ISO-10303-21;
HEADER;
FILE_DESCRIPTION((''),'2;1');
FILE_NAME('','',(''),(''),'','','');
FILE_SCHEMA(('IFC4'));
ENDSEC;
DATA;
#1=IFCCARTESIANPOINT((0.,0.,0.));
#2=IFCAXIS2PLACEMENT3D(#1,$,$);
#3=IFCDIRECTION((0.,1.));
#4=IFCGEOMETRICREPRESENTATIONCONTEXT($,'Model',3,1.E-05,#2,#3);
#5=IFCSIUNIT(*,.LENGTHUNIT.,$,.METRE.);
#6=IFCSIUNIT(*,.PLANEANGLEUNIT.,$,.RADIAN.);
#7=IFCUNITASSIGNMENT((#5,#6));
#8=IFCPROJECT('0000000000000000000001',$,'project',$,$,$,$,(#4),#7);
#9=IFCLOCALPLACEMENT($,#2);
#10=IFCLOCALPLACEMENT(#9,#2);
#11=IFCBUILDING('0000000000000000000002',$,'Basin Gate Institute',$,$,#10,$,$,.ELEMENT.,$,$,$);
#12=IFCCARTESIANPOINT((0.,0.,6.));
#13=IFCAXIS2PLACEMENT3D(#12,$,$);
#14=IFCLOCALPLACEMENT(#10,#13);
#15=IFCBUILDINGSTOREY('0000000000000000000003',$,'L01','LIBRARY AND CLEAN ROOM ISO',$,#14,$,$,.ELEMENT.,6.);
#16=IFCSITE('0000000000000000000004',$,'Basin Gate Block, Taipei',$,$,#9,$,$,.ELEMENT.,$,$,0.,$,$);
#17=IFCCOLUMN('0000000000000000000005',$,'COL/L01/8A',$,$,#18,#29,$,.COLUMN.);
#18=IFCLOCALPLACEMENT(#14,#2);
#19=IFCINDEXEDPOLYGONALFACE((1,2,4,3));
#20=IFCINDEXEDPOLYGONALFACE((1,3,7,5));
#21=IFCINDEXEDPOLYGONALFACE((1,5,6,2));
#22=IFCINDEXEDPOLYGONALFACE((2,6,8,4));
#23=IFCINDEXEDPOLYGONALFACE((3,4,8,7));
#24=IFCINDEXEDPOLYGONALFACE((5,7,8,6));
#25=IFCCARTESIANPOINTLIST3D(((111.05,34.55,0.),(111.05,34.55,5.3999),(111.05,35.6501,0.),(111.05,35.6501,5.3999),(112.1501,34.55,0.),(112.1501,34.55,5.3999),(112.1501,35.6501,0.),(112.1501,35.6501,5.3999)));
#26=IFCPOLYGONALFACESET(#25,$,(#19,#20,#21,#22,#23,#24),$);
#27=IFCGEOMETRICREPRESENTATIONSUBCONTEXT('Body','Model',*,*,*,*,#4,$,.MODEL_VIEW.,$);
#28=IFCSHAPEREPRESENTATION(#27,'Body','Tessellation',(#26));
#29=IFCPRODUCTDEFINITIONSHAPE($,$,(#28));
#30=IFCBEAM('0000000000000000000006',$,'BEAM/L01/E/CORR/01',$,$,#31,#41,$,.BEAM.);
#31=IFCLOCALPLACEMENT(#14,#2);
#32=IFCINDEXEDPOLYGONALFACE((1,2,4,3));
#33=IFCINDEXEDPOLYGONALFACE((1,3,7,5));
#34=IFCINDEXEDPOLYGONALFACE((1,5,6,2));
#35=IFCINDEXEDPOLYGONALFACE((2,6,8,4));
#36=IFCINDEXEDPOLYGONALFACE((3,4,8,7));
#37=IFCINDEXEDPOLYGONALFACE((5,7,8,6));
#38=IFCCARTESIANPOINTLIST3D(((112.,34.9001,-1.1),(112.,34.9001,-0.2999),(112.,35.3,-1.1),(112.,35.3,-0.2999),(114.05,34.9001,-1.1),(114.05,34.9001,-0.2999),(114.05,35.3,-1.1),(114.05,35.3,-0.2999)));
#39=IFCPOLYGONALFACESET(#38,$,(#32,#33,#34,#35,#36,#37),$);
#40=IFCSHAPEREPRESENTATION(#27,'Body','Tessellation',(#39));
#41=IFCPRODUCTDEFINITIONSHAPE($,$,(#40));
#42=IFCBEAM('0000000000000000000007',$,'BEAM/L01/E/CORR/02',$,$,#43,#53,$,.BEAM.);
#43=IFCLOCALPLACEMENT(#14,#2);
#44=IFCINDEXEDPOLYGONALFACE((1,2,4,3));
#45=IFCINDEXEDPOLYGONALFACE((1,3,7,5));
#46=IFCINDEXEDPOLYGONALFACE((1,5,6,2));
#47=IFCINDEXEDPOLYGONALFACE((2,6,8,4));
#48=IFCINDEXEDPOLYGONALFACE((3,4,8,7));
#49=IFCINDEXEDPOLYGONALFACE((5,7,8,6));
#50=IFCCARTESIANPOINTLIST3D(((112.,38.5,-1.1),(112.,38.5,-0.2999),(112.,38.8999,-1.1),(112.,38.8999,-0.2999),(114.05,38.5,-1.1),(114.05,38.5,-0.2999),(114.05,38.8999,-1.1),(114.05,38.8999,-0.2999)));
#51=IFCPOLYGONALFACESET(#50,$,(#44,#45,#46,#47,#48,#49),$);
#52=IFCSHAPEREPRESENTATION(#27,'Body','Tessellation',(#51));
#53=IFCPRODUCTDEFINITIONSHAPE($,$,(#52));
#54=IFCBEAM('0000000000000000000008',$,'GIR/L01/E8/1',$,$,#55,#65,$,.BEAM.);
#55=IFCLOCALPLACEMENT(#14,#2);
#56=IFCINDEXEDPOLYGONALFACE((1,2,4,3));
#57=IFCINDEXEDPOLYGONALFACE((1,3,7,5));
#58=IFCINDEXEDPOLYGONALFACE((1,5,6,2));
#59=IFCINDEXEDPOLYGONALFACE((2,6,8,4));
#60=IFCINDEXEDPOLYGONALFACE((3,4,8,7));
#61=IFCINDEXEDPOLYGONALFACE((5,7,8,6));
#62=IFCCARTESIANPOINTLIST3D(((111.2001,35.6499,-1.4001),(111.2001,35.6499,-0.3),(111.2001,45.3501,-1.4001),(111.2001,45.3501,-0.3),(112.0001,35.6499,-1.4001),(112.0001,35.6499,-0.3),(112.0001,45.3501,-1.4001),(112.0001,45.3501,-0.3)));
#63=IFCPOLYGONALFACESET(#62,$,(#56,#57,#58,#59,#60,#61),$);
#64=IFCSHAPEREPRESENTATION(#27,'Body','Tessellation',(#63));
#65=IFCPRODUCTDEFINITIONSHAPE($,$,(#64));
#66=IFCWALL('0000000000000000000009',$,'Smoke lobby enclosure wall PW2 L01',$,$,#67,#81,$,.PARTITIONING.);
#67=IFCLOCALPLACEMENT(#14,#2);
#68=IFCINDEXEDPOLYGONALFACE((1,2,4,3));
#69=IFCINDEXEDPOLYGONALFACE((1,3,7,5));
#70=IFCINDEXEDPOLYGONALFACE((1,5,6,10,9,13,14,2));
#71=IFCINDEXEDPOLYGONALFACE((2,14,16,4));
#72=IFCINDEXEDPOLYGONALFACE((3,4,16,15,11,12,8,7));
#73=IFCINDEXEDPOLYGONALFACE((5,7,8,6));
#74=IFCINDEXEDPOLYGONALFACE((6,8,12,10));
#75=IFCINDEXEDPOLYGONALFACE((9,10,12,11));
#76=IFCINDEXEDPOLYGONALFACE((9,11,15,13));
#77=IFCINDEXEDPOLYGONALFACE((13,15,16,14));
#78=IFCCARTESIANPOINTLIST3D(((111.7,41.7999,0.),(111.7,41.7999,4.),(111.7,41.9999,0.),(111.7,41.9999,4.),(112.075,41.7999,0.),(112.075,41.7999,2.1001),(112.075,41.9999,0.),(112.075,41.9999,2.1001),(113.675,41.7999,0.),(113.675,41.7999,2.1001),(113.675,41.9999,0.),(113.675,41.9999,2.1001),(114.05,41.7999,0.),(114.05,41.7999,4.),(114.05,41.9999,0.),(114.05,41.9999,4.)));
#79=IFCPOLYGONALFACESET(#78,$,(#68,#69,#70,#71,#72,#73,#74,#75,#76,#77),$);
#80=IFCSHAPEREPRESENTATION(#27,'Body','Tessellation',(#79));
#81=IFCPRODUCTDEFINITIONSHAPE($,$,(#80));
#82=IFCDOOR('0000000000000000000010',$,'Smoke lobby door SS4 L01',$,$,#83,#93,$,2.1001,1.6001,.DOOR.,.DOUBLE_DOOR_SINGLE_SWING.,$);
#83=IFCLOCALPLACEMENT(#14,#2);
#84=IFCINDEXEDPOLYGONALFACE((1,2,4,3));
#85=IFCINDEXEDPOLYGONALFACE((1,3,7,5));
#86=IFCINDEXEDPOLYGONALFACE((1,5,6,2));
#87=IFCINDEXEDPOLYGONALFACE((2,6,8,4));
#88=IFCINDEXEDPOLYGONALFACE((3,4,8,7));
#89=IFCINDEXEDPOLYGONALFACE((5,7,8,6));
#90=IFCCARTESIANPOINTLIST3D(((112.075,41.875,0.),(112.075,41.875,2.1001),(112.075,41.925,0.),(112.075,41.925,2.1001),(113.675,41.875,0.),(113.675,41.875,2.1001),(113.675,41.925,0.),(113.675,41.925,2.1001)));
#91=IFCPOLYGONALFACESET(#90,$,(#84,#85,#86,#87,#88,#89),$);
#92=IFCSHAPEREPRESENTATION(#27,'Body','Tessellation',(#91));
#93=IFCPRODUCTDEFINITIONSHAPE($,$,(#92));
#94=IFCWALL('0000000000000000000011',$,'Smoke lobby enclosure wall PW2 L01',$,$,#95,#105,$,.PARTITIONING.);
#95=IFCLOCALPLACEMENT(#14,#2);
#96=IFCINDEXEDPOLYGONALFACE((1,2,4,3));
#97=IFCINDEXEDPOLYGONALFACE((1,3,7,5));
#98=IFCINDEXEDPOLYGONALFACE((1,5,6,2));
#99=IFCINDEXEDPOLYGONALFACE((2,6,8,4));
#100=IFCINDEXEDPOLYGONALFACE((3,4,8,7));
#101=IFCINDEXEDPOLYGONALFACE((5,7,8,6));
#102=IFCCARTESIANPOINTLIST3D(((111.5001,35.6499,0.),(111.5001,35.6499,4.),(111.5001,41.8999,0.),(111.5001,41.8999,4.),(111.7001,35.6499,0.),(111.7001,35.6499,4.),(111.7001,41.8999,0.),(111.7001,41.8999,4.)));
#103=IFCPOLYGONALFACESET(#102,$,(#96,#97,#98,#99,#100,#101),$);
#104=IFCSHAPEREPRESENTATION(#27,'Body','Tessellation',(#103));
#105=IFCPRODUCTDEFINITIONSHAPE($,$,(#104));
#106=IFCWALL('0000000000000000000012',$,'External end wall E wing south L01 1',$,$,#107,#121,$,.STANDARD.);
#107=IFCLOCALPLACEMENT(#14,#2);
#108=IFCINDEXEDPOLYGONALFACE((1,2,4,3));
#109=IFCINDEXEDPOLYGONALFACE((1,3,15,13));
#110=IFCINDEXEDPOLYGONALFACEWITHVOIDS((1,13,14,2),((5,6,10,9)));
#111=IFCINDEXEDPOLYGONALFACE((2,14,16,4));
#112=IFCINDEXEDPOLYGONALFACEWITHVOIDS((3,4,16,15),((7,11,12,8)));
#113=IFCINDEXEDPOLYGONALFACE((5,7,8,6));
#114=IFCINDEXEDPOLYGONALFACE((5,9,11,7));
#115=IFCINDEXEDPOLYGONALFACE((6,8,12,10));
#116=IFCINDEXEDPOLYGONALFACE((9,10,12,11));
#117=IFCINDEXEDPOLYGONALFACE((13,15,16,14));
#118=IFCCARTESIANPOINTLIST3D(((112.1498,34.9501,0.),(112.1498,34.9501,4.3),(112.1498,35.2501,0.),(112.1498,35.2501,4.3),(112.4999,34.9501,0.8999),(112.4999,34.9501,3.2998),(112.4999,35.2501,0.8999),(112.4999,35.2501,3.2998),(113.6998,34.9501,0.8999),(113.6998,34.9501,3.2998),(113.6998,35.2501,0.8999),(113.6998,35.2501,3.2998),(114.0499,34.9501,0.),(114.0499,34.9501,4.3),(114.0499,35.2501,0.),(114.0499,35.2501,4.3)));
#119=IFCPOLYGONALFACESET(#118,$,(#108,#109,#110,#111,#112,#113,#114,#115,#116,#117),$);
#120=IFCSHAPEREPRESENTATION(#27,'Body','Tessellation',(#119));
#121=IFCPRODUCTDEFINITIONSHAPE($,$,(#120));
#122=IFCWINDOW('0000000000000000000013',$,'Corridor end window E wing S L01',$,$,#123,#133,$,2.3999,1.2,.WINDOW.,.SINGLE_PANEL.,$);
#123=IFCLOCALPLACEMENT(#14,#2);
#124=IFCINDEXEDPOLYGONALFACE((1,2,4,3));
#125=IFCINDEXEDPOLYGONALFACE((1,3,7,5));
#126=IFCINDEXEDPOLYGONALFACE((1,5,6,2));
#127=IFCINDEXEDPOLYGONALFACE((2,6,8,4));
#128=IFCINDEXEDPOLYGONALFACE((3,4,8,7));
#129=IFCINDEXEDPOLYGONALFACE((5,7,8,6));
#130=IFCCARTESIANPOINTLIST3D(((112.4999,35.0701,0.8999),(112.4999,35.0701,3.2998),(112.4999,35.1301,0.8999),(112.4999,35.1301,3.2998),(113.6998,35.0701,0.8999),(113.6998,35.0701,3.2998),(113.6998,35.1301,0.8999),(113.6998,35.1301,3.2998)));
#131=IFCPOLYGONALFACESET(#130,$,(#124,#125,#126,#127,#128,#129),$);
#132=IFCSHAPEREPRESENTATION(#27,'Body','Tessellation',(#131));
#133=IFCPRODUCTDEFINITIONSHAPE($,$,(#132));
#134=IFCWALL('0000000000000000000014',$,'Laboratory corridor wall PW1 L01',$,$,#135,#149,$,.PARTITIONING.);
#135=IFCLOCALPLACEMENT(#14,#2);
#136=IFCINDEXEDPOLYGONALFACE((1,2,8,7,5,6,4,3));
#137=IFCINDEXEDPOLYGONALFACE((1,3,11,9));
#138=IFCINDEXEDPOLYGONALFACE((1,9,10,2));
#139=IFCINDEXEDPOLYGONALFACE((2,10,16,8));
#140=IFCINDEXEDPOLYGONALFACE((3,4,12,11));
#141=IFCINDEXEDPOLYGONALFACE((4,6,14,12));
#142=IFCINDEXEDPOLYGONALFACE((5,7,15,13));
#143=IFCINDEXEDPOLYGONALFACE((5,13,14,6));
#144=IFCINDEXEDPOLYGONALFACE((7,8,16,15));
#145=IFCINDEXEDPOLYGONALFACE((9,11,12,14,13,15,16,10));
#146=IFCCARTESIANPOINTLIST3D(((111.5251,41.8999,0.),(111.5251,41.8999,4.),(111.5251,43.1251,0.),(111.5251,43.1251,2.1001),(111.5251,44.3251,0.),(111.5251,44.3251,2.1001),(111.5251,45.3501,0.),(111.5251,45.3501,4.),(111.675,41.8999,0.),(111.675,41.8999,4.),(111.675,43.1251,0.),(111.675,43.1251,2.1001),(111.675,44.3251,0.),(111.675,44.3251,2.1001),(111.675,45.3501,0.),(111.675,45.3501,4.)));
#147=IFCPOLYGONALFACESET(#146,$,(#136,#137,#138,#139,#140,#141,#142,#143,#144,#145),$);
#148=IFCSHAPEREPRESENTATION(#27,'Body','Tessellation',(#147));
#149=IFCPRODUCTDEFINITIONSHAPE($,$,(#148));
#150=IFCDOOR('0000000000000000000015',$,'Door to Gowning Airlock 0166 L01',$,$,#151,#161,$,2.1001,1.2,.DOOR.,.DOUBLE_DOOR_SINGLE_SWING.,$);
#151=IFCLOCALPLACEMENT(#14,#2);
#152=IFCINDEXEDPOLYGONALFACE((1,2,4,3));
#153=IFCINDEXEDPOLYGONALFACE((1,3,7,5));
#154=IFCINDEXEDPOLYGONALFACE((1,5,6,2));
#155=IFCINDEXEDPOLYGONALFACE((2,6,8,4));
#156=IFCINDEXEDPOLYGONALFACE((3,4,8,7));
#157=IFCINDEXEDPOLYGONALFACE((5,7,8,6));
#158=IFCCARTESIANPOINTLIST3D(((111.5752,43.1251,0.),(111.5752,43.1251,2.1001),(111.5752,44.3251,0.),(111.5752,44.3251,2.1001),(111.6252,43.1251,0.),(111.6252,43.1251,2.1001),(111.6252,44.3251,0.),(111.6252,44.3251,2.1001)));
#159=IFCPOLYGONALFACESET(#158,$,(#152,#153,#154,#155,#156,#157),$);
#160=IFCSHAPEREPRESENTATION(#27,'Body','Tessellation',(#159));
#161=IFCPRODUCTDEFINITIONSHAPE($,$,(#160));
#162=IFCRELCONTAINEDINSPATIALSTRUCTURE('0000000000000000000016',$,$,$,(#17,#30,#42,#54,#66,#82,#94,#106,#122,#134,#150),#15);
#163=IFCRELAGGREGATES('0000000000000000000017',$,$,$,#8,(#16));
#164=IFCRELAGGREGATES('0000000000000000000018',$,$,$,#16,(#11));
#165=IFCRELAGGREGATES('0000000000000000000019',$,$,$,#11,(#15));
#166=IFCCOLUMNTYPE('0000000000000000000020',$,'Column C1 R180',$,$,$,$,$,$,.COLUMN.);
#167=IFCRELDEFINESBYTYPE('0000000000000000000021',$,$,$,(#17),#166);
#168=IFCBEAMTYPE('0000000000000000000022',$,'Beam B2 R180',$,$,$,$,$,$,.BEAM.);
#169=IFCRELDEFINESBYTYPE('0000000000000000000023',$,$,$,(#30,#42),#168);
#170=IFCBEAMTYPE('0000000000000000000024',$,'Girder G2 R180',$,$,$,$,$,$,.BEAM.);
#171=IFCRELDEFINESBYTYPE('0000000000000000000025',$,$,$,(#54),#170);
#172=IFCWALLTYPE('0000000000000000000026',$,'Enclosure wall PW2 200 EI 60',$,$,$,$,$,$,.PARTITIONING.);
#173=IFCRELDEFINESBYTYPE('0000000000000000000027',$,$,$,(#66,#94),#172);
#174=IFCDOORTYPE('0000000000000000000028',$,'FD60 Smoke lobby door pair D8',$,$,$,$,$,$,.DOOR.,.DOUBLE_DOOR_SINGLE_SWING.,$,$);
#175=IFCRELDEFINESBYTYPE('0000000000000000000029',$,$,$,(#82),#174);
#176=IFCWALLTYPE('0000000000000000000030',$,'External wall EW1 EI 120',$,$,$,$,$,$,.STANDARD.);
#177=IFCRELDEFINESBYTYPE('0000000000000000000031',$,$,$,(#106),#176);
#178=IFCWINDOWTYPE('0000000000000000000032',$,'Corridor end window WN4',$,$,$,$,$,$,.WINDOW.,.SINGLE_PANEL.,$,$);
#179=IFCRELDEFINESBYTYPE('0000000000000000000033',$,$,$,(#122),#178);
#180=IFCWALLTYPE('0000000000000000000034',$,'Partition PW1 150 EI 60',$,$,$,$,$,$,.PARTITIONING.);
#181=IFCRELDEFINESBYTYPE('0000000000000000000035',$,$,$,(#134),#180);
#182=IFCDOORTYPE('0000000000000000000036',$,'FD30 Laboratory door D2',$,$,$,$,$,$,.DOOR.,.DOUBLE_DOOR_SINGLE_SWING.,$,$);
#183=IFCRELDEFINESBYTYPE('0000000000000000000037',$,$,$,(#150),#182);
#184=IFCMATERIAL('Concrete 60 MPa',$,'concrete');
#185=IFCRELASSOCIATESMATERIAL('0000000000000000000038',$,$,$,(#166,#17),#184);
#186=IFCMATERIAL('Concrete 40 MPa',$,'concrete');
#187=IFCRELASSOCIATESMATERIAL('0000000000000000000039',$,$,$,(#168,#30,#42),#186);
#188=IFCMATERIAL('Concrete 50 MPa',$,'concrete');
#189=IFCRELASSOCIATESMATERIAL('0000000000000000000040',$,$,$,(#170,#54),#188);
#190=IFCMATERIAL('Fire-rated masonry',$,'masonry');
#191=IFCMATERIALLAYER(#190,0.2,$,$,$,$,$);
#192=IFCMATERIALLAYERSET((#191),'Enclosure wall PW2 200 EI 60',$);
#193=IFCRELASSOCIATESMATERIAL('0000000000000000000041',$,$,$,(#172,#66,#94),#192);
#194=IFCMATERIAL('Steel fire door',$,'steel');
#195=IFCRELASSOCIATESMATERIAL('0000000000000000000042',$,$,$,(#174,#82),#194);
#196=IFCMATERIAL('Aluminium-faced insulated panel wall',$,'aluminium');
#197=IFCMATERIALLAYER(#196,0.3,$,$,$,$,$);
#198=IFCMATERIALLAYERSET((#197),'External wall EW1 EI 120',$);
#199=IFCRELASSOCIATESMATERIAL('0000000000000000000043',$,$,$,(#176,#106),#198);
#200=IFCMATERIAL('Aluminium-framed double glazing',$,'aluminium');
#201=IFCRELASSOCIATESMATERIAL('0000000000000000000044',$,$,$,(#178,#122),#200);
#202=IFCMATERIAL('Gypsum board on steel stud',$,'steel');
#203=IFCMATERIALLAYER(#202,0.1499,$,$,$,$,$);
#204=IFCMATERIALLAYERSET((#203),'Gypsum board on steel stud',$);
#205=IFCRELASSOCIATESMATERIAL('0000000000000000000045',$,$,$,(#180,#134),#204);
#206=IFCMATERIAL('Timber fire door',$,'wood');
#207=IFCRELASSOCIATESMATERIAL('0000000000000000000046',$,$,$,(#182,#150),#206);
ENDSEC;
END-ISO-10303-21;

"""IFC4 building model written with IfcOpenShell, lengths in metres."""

from ifc_helpers import new_model, si_unit, direction, frame, frame_2d, origin, origin_2d, place, context, subcontext, project, spatial, rectangle, extrude, material, layer, layer_set, material_profile, profile_set, type_object, element, fill, save


model = new_model("IFC4")

# Units and contexts
model_context = context("Model", 3, precision=1e-05, world=origin(), true_north=direction((0.0, 1.0)))
body_context = subcontext(model_context, "Body", "Model", "MODEL_VIEW")
ifc_project = project(units=[si_unit("LENGTHUNIT", "METRE"), si_unit("PLANEANGLEUNIT", "RADIAN")], contexts=[model_context])

# Site, building, storey
site_placement = place(None, origin())
site = spatial("IfcSite", under=ifc_project, at=site_placement, Name="Basin Gate Block, Taipei", CompositionType="ELEMENT", RefElevation=0.0)
building_placement = place(site_placement, origin())
building = spatial("IfcBuilding", under=site, at=building_placement, Name="Basin Gate Institute", CompositionType="ELEMENT")
storey_placement = place(building_placement, frame((0.0, 0.0, 6.0)))
storey = spatial("IfcBuildingStorey", under=building, at=storey_placement, Name="L01", Description="LIBRARY AND CLEAN ROOM ISO", CompositionType="ELEMENT", Elevation=6.0)

# Column
ifc_material_1 = material(Name="Concrete 60 MPa", Category="concrete")
ifc_material_profile_1 = material_profile(ifc_material_1, rectangle(XDim=1.1001, YDim=1.1001, at=origin_2d()), Name="Column C1 1100 x 1100")
ifc_profile_set_1 = profile_set([ifc_material_profile_1], Name="Concrete 60 MPa")
column_type = type_object("IfcColumnType", Name="Column C1 R180", PredefinedType="COLUMN", material=ifc_profile_set_1)
column_placement = place(storey_placement, frame((111.6001, 35.1001, 0.0), z_axis=(0.0, 0.0, 1.0), x_axis=(1.0, 0.0, 0.0)))
element("IfcColumn", 1, at=column_placement, inside=storey, type_object=column_type, material=ifc_profile_set_1, Name="COL/L01/8A", PredefinedType="COLUMN", context=body_context, shape_type="SweptSolid", body=[
    extrude(rectangle(XDim=1.1001, YDim=1.1001, at=origin_2d()), origin(), (0.0, 0.0, 1.0), 5.3999),
])

# Beams
ifc_material_2 = material(Name="Concrete 40 MPa", Category="concrete")
ifc_material_profile_2 = material_profile(ifc_material_2, rectangle(XDim=0.3999, YDim=0.8, at=origin_2d()), Name="Beam B2 400 x 800")
ifc_profile_set_2 = profile_set([ifc_material_profile_2], Name="Concrete 40 MPa")
beam_type_1 = type_object("IfcBeamType", Name="Beam B2 R180", PredefinedType="BEAM", material=ifc_profile_set_2)
for number, where, z_axis, x_axis, name in (
    (2, (114.05, 35.1001, -0.7), (-1.0, 0.0, 0.0), (0.0, -1.0, 0.0), "BEAM/L01/E/CORR/01"),
    (3, (114.05, 38.7, -0.7), (-1.0, 0.0, 0.0), (0.0, -1.0, 0.0), "BEAM/L01/E/CORR/02"),
):
    element("IfcBeam", number, at=place(storey_placement, frame(where, z_axis=z_axis, x_axis=x_axis)), inside=storey, type_object=beam_type_1, material=ifc_profile_set_2, Name=name, PredefinedType="BEAM", context=body_context, shape_type="SweptSolid", body=[
        extrude(rectangle(XDim=0.3999, YDim=0.8, at=origin_2d()), origin(), (0.0, 0.0, 1.0), 2.05),
    ])
ifc_material_3 = material(Name="Concrete 50 MPa", Category="concrete")
ifc_material_profile_3 = material_profile(ifc_material_3, rectangle(XDim=0.8, YDim=1.1001, at=origin_2d()), Name="Girder G2 800 x 1100")
ifc_profile_set_3 = profile_set([ifc_material_profile_3], Name="Concrete 50 MPa")
beam_type_2 = type_object("IfcBeamType", Name="Girder G2 R180", PredefinedType="BEAM", material=ifc_profile_set_3)
beam_placement = place(storey_placement, frame((111.6001, 35.6499, -0.8501), z_axis=(0.0, 1.0, 0.0), x_axis=(-1.0, 0.0, 0.0)))
element("IfcBeam", 4, at=beam_placement, inside=storey, type_object=beam_type_2, material=ifc_profile_set_3, Name="GIR/L01/E8/1", PredefinedType="BEAM", context=body_context, shape_type="SweptSolid", body=[
    extrude(rectangle(XDim=0.8, YDim=1.1001, at=origin_2d()), origin(), (0.0, 0.0, 1.0), 9.7002),
])

# Wall, opening, door
ifc_material_4 = material(Name="Fire-rated masonry", Category="masonry")
ifc_layer_1 = layer(ifc_material_4, 0.2)
ifc_layer_set_1 = layer_set([ifc_layer_1], Name="Enclosure wall PW2 200 EI 60")
wall_type_1 = type_object("IfcWallType", Name="Enclosure wall PW2 200 EI 60", PredefinedType="PARTITIONING", material=ifc_layer_set_1)
wall_1_placement = place(storey_placement, frame((114.05, 41.8999, 0.0), z_axis=(0.0, 0.0, 1.0), x_axis=(-1.0, 0.0, 0.0)))
wall_1 = element("IfcWall", 5, at=wall_1_placement, inside=storey, type_object=wall_type_1, material=ifc_layer_set_1, Name="Smoke lobby enclosure wall PW2 L01", PredefinedType="PARTITIONING", context=body_context, shape_type="SweptSolid", body=[
    extrude(rectangle(XDim=2.3501, YDim=0.2, at=frame_2d((1.175, 0.0))), origin(), (0.0, 0.0, 1.0), 4.0),
])
opening_1_placement = place(wall_1_placement, frame((0.375, 0.0, 0.0)))
opening_1 = element("IfcOpeningElement", 6, at=opening_1_placement, cuts=wall_1, PredefinedType="OPENING", context=body_context, shape_type="SweptSolid", body=[
    extrude(rectangle(XDim=1.6001, YDim=2.1001, at=frame_2d((0.8, 1.05))), frame((0.0, 0.1099, 0.0), z_axis=(0.0, -1.0, 0.0), x_axis=(1.0, 0.0, 0.0)), (0.0, 0.0, 1.0), 0.22),
])
ifc_material_5 = material(Name="Steel fire door", Category="steel")
door_type_1 = type_object("IfcDoorType", Name="FD60 Smoke lobby door pair D8", OperationType="DOUBLE_DOOR_SINGLE_SWING", PredefinedType="DOOR", material=ifc_material_5)
door_1_placement = place(opening_1_placement, origin())
door_1 = element("IfcDoor", 7, at=door_1_placement, inside=storey, type_object=door_type_1, material=ifc_material_5, Name="Smoke lobby door SS4 L01", OperationType="DOUBLE_DOOR_SINGLE_SWING", OverallHeight=2.1001, OverallWidth=1.6001, PredefinedType="DOOR", context=body_context, shape_type="SweptSolid", body=[
    extrude(rectangle(XDim=1.6001, YDim=2.1001, at=frame_2d((0.8, 1.05))), frame((0.0, 0.0249, 0.0), z_axis=(0.0, -1.0, 0.0), x_axis=(1.0, 0.0, 0.0)), (0.0, 0.0, 1.0), 0.05),
])
fill(opening_1, door_1)

# Wall
wall_2_placement = place(storey_placement, frame((111.6001, 35.6499, 0.0), z_axis=(0.0, 0.0, 1.0), x_axis=(0.0, 1.0, 0.0)))
element("IfcWall", 8, at=wall_2_placement, inside=storey, type_object=wall_type_1, material=ifc_layer_set_1, Name="Smoke lobby enclosure wall PW2 L01", PredefinedType="PARTITIONING", context=body_context, shape_type="SweptSolid", body=[
    extrude(rectangle(XDim=6.25, YDim=0.2, at=frame_2d((3.125, 0.0))), origin(), (0.0, 0.0, 1.0), 4.0),
])

# Wall, opening, window
ifc_material_6 = material(Name="Aluminium-faced insulated panel wall", Category="aluminium")
ifc_layer_2 = layer(ifc_material_6, 0.3)
ifc_layer_set_2 = layer_set([ifc_layer_2], Name="External wall EW1 EI 120")
wall_type_2 = type_object("IfcWallType", Name="External wall EW1 EI 120", PredefinedType="STANDARD", material=ifc_layer_set_2)
wall_3_placement = place(storey_placement, frame((114.05, 35.1001, 0.0), z_axis=(0.0, 0.0, 1.0), x_axis=(-1.0, 0.0, 0.0)))
wall_3 = element("IfcWall", 9, at=wall_3_placement, inside=storey, type_object=wall_type_2, material=ifc_layer_set_2, Name="External end wall E wing south L01 1", PredefinedType="STANDARD", context=body_context, shape_type="SweptSolid", body=[
    extrude(rectangle(XDim=1.9001, YDim=0.3, at=frame_2d((0.9502, 0.0))), origin(), (0.0, 0.0, 1.0), 4.3),
])
opening_2_placement = place(wall_3_placement, frame((0.3501, 0.0, 0.8999)))
opening_2 = element("IfcOpeningElement", 10, at=opening_2_placement, cuts=wall_3, PredefinedType="OPENING", context=body_context, shape_type="SweptSolid", body=[
    extrude(rectangle(XDim=1.2, YDim=2.3999, at=frame_2d((0.6001, 1.2))), frame((0.0, 0.1602, 0.0), z_axis=(0.0, -1.0, 0.0), x_axis=(1.0, 0.0, 0.0)), (0.0, 0.0, 1.0), 0.3201),
])
ifc_material_7 = material(Name="Aluminium-framed double glazing", Category="aluminium")
window_type = type_object("IfcWindowType", Name="Corridor end window WN4", PartitioningType="SINGLE_PANEL", PredefinedType="WINDOW", material=ifc_material_7)
window_placement = place(opening_2_placement, origin())
window = element("IfcWindow", 11, at=window_placement, inside=storey, type_object=window_type, material=ifc_material_7, Name="Corridor end window E wing S L01", OverallHeight=2.3999, OverallWidth=1.2, PartitioningType="SINGLE_PANEL", PredefinedType="WINDOW", context=body_context, shape_type="SweptSolid", body=[
    extrude(rectangle(XDim=1.2, YDim=2.3999, at=frame_2d((0.6001, 1.2))), frame((0.0, 0.03, 0.0), z_axis=(0.0, -1.0, 0.0), x_axis=(1.0, 0.0, 0.0)), (0.0, 0.0, 1.0), 0.0601),
])
fill(opening_2, window)

# Wall, opening, door
ifc_material_8 = material(Name="Gypsum board on steel stud", Category="steel")
ifc_layer_3 = layer(ifc_material_8, 0.1499)
ifc_layer_set_3 = layer_set([ifc_layer_3], Name="Gypsum board on steel stud")
wall_type_3 = type_object("IfcWallType", Name="Partition PW1 150 EI 60", PredefinedType="PARTITIONING", material=ifc_layer_set_3)
wall_4_placement = place(storey_placement, frame((111.6001, 41.8999, 0.0), z_axis=(0.0, 0.0, 1.0), x_axis=(0.0, 1.0, 0.0)))
wall_4 = element("IfcWall", 12, at=wall_4_placement, inside=storey, type_object=wall_type_3, material=ifc_layer_set_3, Name="Laboratory corridor wall PW1 L01", PredefinedType="PARTITIONING", context=body_context, shape_type="SweptSolid", body=[
    extrude(rectangle(XDim=3.4502, YDim=0.1499, at=frame_2d((1.7251, 0.0))), origin(), (0.0, 0.0, 1.0), 4.0),
])
opening_3_placement = place(wall_4_placement, frame((1.2251, 0.0, 0.0)))
opening_3 = element("IfcOpeningElement", 13, at=opening_3_placement, cuts=wall_4, PredefinedType="OPENING", context=body_context, shape_type="SweptSolid", body=[
    extrude(rectangle(XDim=1.2, YDim=2.1001, at=frame_2d((0.6001, 1.05))), frame((0.0, 0.085, 0.0), z_axis=(0.0, -1.0, 0.0), x_axis=(1.0, 0.0, 0.0)), (0.0, 0.0, 1.0), 0.1699),
])
ifc_material_9 = material(Name="Timber fire door", Category="wood")
door_type_2 = type_object("IfcDoorType", Name="FD30 Laboratory door D2", OperationType="DOUBLE_DOOR_SINGLE_SWING", PredefinedType="DOOR", material=ifc_material_9)
door_2_placement = place(opening_3_placement, origin())
door_2 = element("IfcDoor", 14, at=door_2_placement, inside=storey, type_object=door_type_2, material=ifc_material_9, Name="Door to Gowning Airlock 0166 L01", OperationType="DOUBLE_DOOR_SINGLE_SWING", OverallHeight=2.1001, OverallWidth=1.2, PredefinedType="DOOR", context=body_context, shape_type="SweptSolid", body=[
    extrude(rectangle(XDim=1.2, YDim=2.1001, at=frame_2d((0.6001, 1.05))), frame((0.0, 0.0249, 0.0), z_axis=(0.0, -1.0, 0.0), x_axis=(1.0, 0.0, 0.0)), (0.0, 0.0, 1.0), 0.05),
])
fill(opening_3, door_2)

save(model, "model.ifc")
